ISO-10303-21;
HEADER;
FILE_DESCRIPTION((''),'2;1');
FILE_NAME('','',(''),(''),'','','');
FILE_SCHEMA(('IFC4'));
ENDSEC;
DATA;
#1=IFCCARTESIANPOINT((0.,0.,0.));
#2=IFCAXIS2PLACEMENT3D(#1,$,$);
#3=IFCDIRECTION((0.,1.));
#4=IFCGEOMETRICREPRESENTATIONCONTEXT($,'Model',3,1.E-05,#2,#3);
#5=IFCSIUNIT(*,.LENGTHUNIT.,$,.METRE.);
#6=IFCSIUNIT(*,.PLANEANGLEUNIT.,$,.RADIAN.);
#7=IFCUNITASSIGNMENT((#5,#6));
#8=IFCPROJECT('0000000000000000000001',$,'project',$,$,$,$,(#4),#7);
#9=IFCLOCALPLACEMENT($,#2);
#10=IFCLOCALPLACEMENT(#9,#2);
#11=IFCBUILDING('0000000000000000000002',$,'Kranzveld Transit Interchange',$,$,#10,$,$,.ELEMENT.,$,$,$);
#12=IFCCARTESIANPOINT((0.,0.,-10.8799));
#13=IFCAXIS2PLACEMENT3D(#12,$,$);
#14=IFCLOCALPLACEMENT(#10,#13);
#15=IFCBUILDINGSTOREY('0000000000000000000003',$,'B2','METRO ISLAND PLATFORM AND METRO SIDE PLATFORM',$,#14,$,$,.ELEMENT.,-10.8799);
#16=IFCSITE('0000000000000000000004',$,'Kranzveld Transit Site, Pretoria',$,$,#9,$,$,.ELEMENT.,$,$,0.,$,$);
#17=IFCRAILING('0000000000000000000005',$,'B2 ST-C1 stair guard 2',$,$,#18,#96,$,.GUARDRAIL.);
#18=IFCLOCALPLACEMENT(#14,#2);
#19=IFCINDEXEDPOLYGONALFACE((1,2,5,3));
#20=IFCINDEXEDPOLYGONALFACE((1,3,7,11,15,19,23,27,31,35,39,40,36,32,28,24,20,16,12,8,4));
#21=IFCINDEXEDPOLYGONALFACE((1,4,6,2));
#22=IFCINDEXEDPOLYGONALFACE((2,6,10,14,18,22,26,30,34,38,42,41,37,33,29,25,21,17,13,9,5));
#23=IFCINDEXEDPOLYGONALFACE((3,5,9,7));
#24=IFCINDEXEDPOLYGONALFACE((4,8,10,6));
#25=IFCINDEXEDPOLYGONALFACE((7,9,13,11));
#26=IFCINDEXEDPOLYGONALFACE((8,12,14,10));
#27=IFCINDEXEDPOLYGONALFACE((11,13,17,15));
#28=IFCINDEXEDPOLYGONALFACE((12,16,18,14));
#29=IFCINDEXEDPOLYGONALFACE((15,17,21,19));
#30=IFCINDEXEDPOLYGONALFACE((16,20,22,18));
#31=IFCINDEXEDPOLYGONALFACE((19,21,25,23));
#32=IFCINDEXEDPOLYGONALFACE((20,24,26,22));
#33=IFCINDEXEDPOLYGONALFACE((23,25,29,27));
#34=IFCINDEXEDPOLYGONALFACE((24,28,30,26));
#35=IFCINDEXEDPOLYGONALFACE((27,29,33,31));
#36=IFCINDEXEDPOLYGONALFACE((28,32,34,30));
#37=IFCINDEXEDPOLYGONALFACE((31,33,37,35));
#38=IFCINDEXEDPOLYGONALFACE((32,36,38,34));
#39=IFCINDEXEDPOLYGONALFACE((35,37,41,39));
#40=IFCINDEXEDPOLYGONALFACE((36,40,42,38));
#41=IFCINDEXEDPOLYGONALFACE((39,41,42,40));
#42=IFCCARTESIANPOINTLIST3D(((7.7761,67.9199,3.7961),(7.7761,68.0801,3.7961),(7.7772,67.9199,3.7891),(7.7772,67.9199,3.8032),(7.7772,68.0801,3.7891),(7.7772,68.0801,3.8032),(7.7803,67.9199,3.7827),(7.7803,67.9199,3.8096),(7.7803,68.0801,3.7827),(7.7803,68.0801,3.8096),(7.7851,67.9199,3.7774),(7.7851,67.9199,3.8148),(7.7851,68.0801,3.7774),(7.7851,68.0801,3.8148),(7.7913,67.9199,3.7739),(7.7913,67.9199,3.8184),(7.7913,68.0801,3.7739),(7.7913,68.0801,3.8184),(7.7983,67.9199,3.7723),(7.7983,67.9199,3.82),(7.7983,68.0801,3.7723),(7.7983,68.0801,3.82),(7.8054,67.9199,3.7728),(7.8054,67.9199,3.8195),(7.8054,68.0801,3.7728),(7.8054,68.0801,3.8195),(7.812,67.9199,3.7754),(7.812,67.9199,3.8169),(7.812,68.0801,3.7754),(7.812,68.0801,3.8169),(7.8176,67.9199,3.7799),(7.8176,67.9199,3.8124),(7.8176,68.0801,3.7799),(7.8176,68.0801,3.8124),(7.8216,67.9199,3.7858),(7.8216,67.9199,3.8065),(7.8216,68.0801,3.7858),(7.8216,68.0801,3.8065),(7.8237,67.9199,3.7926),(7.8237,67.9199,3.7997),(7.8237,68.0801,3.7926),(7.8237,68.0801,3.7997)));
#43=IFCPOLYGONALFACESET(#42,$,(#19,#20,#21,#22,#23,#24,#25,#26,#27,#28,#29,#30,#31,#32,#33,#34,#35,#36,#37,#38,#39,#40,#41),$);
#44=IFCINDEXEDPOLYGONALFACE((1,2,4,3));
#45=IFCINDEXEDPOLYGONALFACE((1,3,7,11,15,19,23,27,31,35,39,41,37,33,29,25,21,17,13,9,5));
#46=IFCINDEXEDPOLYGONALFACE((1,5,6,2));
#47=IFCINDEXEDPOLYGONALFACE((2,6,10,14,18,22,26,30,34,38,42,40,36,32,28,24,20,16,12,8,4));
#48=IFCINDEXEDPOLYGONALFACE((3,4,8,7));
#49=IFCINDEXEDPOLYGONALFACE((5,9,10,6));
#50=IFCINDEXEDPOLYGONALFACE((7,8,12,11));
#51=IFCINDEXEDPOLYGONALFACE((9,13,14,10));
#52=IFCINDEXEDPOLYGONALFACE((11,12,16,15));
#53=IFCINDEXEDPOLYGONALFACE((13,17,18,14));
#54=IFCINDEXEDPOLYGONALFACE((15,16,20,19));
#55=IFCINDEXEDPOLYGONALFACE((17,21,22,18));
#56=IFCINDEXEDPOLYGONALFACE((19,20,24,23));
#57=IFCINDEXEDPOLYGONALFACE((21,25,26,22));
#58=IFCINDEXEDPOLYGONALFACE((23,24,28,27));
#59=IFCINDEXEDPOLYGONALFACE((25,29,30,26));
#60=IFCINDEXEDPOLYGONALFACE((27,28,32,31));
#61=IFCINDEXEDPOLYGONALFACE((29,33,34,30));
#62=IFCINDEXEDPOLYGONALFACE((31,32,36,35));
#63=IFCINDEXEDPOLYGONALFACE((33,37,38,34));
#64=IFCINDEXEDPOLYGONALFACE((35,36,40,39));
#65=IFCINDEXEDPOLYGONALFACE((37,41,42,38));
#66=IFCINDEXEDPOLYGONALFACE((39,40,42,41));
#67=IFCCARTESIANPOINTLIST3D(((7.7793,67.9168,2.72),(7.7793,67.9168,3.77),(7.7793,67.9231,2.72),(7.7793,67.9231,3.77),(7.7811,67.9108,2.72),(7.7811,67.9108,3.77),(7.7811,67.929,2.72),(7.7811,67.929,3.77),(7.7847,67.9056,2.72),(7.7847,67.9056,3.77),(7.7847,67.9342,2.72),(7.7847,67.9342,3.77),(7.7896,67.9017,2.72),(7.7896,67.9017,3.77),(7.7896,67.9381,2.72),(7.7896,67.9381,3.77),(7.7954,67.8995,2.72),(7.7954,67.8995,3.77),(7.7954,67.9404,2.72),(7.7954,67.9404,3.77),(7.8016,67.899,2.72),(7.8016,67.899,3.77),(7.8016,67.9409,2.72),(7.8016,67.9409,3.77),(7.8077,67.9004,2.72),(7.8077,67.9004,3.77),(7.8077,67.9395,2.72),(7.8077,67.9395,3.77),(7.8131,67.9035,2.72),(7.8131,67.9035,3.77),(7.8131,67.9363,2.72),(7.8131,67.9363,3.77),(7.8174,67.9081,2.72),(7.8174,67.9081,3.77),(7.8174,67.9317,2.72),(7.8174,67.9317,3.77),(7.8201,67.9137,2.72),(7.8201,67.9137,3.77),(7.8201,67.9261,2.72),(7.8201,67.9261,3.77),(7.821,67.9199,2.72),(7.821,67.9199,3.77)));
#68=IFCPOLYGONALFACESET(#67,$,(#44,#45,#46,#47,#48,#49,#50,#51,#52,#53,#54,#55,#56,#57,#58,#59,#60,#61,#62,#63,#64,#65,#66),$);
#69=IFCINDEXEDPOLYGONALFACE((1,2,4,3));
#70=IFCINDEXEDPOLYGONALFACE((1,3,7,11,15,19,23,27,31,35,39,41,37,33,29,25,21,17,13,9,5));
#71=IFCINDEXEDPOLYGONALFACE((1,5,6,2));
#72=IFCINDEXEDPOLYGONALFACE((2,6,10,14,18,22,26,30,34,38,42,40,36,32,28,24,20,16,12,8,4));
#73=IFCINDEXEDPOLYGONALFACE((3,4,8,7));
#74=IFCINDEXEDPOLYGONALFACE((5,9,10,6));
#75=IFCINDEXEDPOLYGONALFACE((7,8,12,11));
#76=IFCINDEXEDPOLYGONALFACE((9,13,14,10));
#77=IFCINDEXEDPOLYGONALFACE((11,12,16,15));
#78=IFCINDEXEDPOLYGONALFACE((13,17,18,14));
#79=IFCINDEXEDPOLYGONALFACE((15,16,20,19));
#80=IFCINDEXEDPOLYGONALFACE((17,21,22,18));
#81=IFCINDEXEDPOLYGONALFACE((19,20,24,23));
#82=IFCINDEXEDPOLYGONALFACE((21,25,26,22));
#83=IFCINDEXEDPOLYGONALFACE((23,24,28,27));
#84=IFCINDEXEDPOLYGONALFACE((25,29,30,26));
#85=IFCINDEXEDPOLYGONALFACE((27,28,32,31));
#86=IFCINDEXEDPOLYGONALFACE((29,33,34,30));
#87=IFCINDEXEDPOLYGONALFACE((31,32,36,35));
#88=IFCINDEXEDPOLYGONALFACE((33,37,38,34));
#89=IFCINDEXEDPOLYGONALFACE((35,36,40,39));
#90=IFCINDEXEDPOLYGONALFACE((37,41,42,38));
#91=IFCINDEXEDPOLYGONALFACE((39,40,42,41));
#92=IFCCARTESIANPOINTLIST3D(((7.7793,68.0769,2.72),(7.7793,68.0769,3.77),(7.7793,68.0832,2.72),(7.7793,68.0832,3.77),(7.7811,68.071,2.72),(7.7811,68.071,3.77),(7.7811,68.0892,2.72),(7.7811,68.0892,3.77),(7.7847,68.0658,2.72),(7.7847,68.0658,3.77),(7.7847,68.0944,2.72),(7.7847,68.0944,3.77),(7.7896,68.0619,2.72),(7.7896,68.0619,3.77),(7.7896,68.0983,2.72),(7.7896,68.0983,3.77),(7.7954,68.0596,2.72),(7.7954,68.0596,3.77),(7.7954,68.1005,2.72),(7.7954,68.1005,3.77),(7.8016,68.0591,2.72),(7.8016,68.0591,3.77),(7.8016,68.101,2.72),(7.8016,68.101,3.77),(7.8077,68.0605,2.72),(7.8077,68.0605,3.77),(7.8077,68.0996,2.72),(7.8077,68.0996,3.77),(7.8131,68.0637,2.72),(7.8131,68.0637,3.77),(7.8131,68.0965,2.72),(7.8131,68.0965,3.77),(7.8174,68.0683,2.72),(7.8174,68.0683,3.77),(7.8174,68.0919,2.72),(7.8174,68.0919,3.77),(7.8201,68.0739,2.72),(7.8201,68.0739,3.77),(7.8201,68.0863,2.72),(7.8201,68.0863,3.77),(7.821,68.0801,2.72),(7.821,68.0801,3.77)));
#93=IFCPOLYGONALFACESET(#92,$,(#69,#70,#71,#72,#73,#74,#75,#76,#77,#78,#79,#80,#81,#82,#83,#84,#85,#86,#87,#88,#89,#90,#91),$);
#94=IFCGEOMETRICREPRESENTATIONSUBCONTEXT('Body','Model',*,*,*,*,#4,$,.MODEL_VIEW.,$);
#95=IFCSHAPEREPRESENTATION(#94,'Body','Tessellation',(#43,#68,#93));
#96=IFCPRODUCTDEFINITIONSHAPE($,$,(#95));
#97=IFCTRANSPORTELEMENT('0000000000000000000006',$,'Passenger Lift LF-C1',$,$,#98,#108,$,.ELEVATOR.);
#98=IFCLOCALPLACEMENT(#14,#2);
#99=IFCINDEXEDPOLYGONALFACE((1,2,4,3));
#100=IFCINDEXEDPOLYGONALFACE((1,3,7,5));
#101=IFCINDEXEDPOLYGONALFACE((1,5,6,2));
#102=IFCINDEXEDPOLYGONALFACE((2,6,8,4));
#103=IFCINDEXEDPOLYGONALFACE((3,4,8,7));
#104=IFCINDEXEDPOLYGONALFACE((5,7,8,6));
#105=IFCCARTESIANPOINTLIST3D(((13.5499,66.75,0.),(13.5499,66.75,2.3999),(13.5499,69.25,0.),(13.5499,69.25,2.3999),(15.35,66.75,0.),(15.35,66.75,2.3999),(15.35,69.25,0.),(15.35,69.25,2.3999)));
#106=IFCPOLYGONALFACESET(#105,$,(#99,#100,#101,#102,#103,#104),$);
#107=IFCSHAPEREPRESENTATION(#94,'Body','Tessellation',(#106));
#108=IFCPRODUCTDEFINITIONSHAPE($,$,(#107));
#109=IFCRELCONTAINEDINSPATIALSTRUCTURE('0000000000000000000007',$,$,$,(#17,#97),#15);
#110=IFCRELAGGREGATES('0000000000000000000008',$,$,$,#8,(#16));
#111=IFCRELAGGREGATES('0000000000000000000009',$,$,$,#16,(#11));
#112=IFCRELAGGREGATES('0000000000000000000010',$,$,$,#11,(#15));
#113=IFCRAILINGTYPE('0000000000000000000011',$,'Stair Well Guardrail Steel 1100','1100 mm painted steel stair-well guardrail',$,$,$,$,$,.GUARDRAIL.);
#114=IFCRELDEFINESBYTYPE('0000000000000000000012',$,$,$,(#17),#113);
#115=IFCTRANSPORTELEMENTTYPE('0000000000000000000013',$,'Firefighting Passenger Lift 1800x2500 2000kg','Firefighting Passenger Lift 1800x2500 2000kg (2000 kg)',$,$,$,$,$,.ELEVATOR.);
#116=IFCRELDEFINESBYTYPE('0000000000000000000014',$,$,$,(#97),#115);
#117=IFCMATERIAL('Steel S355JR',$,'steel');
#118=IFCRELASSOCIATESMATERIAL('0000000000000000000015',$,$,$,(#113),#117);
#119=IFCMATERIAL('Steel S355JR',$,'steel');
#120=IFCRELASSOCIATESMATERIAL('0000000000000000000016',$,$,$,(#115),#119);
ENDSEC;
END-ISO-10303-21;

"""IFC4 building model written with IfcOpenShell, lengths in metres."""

from ifc_helpers import new_model, si_unit, direction, frame, origin, origin_2d, place, context, subcontext, project, spatial, rectangle, circle, extrude, material, type_object, element, save


model = new_model("IFC4")

# Units and contexts
model_context = context("Model", 3, precision=1e-05, world=origin(), true_north=direction((0.0, 1.0)))
body_context = subcontext(model_context, "Body", "Model", "MODEL_VIEW")
ifc_project = project(units=[si_unit("LENGTHUNIT", "METRE"), si_unit("PLANEANGLEUNIT", "RADIAN")], contexts=[model_context])

# Site, building, storey
site_placement = place(None, origin())
site = spatial("IfcSite", under=ifc_project, at=site_placement, Name="Kranzveld Transit Site, Pretoria", CompositionType="ELEMENT", RefElevation=0.0)
building_placement = place(site_placement, origin())
building = spatial("IfcBuilding", under=site, at=building_placement, Name="Kranzveld Transit Interchange", CompositionType="ELEMENT")
storey_placement = place(building_placement, frame((0.0, 0.0, -10.8799)))
storey = spatial("IfcBuildingStorey", under=building, at=storey_placement, Name="B2", Description="METRO ISLAND PLATFORM AND METRO SIDE PLATFORM", CompositionType="ELEMENT", Elevation=-10.8799)

# Railing
ifc_material_1 = material(Name="Steel S355JR", Category="steel")
railing_type_1 = type_object("IfcRailingType", Name="Stair Well Guardrail Steel 1100", Description="1100 mm painted steel stair-well guardrail", PredefinedType="GUARDRAIL", material=ifc_material_1)
railing_1_placement = place(storey_placement, frame((7.8, 67.9199, 2.72)))
element("IfcRailing", 1, at=railing_1_placement, inside=storey, type_object=railing_type_1, Name="B2 ST-C1 stair guard 2", PredefinedType="GUARDRAIL", context=body_context, shape_type="SweptSolid", body=[
    extrude(circle(Radius=0.0239, at=origin_2d()), frame((0.0, 0.0, 1.0762), z_axis=(0.0, 1.0, 0.0), x_axis=(-1.0, 0.0, 0.0)), (0.0, 0.0, 1.0), 0.1602),
    extrude(circle(Radius=0.021, at=origin_2d()), origin(), (0.0, 0.0, 1.0), 1.05),
    extrude(circle(Radius=0.021, at=origin_2d()), frame((0.0, 0.1602, 0.0)), (0.0, 0.0, 1.0), 1.05),
])

# Transport element
ifc_material_2 = material(Name="Steel S355JR", Category="steel")
transport_element_type = type_object("IfcTransportElementType", Name="Firefighting Passenger Lift 1800x2500 2000kg", Description="Firefighting Passenger Lift 1800x2500 2000kg (2000 kg)", PredefinedType="ELEVATOR", material=ifc_material_2)
transport_element_placement = place(storey_placement, frame((14.45, 68.0, 0.0), z_axis=(0.0, 0.0, 1.0), x_axis=(1.0, 0.0, 0.0)))
element("IfcTransportElement", 2, at=transport_element_placement, inside=storey, type_object=transport_element_type, Name="Passenger Lift LF-C1", PredefinedType="ELEVATOR", context=body_context, shape_type="SweptSolid", body=[
    extrude(rectangle(XDim=1.8, YDim=2.5, at=origin_2d()), origin(), (0.0, 0.0, 1.0), 2.3999),
])

save(model, "model.ifc")
